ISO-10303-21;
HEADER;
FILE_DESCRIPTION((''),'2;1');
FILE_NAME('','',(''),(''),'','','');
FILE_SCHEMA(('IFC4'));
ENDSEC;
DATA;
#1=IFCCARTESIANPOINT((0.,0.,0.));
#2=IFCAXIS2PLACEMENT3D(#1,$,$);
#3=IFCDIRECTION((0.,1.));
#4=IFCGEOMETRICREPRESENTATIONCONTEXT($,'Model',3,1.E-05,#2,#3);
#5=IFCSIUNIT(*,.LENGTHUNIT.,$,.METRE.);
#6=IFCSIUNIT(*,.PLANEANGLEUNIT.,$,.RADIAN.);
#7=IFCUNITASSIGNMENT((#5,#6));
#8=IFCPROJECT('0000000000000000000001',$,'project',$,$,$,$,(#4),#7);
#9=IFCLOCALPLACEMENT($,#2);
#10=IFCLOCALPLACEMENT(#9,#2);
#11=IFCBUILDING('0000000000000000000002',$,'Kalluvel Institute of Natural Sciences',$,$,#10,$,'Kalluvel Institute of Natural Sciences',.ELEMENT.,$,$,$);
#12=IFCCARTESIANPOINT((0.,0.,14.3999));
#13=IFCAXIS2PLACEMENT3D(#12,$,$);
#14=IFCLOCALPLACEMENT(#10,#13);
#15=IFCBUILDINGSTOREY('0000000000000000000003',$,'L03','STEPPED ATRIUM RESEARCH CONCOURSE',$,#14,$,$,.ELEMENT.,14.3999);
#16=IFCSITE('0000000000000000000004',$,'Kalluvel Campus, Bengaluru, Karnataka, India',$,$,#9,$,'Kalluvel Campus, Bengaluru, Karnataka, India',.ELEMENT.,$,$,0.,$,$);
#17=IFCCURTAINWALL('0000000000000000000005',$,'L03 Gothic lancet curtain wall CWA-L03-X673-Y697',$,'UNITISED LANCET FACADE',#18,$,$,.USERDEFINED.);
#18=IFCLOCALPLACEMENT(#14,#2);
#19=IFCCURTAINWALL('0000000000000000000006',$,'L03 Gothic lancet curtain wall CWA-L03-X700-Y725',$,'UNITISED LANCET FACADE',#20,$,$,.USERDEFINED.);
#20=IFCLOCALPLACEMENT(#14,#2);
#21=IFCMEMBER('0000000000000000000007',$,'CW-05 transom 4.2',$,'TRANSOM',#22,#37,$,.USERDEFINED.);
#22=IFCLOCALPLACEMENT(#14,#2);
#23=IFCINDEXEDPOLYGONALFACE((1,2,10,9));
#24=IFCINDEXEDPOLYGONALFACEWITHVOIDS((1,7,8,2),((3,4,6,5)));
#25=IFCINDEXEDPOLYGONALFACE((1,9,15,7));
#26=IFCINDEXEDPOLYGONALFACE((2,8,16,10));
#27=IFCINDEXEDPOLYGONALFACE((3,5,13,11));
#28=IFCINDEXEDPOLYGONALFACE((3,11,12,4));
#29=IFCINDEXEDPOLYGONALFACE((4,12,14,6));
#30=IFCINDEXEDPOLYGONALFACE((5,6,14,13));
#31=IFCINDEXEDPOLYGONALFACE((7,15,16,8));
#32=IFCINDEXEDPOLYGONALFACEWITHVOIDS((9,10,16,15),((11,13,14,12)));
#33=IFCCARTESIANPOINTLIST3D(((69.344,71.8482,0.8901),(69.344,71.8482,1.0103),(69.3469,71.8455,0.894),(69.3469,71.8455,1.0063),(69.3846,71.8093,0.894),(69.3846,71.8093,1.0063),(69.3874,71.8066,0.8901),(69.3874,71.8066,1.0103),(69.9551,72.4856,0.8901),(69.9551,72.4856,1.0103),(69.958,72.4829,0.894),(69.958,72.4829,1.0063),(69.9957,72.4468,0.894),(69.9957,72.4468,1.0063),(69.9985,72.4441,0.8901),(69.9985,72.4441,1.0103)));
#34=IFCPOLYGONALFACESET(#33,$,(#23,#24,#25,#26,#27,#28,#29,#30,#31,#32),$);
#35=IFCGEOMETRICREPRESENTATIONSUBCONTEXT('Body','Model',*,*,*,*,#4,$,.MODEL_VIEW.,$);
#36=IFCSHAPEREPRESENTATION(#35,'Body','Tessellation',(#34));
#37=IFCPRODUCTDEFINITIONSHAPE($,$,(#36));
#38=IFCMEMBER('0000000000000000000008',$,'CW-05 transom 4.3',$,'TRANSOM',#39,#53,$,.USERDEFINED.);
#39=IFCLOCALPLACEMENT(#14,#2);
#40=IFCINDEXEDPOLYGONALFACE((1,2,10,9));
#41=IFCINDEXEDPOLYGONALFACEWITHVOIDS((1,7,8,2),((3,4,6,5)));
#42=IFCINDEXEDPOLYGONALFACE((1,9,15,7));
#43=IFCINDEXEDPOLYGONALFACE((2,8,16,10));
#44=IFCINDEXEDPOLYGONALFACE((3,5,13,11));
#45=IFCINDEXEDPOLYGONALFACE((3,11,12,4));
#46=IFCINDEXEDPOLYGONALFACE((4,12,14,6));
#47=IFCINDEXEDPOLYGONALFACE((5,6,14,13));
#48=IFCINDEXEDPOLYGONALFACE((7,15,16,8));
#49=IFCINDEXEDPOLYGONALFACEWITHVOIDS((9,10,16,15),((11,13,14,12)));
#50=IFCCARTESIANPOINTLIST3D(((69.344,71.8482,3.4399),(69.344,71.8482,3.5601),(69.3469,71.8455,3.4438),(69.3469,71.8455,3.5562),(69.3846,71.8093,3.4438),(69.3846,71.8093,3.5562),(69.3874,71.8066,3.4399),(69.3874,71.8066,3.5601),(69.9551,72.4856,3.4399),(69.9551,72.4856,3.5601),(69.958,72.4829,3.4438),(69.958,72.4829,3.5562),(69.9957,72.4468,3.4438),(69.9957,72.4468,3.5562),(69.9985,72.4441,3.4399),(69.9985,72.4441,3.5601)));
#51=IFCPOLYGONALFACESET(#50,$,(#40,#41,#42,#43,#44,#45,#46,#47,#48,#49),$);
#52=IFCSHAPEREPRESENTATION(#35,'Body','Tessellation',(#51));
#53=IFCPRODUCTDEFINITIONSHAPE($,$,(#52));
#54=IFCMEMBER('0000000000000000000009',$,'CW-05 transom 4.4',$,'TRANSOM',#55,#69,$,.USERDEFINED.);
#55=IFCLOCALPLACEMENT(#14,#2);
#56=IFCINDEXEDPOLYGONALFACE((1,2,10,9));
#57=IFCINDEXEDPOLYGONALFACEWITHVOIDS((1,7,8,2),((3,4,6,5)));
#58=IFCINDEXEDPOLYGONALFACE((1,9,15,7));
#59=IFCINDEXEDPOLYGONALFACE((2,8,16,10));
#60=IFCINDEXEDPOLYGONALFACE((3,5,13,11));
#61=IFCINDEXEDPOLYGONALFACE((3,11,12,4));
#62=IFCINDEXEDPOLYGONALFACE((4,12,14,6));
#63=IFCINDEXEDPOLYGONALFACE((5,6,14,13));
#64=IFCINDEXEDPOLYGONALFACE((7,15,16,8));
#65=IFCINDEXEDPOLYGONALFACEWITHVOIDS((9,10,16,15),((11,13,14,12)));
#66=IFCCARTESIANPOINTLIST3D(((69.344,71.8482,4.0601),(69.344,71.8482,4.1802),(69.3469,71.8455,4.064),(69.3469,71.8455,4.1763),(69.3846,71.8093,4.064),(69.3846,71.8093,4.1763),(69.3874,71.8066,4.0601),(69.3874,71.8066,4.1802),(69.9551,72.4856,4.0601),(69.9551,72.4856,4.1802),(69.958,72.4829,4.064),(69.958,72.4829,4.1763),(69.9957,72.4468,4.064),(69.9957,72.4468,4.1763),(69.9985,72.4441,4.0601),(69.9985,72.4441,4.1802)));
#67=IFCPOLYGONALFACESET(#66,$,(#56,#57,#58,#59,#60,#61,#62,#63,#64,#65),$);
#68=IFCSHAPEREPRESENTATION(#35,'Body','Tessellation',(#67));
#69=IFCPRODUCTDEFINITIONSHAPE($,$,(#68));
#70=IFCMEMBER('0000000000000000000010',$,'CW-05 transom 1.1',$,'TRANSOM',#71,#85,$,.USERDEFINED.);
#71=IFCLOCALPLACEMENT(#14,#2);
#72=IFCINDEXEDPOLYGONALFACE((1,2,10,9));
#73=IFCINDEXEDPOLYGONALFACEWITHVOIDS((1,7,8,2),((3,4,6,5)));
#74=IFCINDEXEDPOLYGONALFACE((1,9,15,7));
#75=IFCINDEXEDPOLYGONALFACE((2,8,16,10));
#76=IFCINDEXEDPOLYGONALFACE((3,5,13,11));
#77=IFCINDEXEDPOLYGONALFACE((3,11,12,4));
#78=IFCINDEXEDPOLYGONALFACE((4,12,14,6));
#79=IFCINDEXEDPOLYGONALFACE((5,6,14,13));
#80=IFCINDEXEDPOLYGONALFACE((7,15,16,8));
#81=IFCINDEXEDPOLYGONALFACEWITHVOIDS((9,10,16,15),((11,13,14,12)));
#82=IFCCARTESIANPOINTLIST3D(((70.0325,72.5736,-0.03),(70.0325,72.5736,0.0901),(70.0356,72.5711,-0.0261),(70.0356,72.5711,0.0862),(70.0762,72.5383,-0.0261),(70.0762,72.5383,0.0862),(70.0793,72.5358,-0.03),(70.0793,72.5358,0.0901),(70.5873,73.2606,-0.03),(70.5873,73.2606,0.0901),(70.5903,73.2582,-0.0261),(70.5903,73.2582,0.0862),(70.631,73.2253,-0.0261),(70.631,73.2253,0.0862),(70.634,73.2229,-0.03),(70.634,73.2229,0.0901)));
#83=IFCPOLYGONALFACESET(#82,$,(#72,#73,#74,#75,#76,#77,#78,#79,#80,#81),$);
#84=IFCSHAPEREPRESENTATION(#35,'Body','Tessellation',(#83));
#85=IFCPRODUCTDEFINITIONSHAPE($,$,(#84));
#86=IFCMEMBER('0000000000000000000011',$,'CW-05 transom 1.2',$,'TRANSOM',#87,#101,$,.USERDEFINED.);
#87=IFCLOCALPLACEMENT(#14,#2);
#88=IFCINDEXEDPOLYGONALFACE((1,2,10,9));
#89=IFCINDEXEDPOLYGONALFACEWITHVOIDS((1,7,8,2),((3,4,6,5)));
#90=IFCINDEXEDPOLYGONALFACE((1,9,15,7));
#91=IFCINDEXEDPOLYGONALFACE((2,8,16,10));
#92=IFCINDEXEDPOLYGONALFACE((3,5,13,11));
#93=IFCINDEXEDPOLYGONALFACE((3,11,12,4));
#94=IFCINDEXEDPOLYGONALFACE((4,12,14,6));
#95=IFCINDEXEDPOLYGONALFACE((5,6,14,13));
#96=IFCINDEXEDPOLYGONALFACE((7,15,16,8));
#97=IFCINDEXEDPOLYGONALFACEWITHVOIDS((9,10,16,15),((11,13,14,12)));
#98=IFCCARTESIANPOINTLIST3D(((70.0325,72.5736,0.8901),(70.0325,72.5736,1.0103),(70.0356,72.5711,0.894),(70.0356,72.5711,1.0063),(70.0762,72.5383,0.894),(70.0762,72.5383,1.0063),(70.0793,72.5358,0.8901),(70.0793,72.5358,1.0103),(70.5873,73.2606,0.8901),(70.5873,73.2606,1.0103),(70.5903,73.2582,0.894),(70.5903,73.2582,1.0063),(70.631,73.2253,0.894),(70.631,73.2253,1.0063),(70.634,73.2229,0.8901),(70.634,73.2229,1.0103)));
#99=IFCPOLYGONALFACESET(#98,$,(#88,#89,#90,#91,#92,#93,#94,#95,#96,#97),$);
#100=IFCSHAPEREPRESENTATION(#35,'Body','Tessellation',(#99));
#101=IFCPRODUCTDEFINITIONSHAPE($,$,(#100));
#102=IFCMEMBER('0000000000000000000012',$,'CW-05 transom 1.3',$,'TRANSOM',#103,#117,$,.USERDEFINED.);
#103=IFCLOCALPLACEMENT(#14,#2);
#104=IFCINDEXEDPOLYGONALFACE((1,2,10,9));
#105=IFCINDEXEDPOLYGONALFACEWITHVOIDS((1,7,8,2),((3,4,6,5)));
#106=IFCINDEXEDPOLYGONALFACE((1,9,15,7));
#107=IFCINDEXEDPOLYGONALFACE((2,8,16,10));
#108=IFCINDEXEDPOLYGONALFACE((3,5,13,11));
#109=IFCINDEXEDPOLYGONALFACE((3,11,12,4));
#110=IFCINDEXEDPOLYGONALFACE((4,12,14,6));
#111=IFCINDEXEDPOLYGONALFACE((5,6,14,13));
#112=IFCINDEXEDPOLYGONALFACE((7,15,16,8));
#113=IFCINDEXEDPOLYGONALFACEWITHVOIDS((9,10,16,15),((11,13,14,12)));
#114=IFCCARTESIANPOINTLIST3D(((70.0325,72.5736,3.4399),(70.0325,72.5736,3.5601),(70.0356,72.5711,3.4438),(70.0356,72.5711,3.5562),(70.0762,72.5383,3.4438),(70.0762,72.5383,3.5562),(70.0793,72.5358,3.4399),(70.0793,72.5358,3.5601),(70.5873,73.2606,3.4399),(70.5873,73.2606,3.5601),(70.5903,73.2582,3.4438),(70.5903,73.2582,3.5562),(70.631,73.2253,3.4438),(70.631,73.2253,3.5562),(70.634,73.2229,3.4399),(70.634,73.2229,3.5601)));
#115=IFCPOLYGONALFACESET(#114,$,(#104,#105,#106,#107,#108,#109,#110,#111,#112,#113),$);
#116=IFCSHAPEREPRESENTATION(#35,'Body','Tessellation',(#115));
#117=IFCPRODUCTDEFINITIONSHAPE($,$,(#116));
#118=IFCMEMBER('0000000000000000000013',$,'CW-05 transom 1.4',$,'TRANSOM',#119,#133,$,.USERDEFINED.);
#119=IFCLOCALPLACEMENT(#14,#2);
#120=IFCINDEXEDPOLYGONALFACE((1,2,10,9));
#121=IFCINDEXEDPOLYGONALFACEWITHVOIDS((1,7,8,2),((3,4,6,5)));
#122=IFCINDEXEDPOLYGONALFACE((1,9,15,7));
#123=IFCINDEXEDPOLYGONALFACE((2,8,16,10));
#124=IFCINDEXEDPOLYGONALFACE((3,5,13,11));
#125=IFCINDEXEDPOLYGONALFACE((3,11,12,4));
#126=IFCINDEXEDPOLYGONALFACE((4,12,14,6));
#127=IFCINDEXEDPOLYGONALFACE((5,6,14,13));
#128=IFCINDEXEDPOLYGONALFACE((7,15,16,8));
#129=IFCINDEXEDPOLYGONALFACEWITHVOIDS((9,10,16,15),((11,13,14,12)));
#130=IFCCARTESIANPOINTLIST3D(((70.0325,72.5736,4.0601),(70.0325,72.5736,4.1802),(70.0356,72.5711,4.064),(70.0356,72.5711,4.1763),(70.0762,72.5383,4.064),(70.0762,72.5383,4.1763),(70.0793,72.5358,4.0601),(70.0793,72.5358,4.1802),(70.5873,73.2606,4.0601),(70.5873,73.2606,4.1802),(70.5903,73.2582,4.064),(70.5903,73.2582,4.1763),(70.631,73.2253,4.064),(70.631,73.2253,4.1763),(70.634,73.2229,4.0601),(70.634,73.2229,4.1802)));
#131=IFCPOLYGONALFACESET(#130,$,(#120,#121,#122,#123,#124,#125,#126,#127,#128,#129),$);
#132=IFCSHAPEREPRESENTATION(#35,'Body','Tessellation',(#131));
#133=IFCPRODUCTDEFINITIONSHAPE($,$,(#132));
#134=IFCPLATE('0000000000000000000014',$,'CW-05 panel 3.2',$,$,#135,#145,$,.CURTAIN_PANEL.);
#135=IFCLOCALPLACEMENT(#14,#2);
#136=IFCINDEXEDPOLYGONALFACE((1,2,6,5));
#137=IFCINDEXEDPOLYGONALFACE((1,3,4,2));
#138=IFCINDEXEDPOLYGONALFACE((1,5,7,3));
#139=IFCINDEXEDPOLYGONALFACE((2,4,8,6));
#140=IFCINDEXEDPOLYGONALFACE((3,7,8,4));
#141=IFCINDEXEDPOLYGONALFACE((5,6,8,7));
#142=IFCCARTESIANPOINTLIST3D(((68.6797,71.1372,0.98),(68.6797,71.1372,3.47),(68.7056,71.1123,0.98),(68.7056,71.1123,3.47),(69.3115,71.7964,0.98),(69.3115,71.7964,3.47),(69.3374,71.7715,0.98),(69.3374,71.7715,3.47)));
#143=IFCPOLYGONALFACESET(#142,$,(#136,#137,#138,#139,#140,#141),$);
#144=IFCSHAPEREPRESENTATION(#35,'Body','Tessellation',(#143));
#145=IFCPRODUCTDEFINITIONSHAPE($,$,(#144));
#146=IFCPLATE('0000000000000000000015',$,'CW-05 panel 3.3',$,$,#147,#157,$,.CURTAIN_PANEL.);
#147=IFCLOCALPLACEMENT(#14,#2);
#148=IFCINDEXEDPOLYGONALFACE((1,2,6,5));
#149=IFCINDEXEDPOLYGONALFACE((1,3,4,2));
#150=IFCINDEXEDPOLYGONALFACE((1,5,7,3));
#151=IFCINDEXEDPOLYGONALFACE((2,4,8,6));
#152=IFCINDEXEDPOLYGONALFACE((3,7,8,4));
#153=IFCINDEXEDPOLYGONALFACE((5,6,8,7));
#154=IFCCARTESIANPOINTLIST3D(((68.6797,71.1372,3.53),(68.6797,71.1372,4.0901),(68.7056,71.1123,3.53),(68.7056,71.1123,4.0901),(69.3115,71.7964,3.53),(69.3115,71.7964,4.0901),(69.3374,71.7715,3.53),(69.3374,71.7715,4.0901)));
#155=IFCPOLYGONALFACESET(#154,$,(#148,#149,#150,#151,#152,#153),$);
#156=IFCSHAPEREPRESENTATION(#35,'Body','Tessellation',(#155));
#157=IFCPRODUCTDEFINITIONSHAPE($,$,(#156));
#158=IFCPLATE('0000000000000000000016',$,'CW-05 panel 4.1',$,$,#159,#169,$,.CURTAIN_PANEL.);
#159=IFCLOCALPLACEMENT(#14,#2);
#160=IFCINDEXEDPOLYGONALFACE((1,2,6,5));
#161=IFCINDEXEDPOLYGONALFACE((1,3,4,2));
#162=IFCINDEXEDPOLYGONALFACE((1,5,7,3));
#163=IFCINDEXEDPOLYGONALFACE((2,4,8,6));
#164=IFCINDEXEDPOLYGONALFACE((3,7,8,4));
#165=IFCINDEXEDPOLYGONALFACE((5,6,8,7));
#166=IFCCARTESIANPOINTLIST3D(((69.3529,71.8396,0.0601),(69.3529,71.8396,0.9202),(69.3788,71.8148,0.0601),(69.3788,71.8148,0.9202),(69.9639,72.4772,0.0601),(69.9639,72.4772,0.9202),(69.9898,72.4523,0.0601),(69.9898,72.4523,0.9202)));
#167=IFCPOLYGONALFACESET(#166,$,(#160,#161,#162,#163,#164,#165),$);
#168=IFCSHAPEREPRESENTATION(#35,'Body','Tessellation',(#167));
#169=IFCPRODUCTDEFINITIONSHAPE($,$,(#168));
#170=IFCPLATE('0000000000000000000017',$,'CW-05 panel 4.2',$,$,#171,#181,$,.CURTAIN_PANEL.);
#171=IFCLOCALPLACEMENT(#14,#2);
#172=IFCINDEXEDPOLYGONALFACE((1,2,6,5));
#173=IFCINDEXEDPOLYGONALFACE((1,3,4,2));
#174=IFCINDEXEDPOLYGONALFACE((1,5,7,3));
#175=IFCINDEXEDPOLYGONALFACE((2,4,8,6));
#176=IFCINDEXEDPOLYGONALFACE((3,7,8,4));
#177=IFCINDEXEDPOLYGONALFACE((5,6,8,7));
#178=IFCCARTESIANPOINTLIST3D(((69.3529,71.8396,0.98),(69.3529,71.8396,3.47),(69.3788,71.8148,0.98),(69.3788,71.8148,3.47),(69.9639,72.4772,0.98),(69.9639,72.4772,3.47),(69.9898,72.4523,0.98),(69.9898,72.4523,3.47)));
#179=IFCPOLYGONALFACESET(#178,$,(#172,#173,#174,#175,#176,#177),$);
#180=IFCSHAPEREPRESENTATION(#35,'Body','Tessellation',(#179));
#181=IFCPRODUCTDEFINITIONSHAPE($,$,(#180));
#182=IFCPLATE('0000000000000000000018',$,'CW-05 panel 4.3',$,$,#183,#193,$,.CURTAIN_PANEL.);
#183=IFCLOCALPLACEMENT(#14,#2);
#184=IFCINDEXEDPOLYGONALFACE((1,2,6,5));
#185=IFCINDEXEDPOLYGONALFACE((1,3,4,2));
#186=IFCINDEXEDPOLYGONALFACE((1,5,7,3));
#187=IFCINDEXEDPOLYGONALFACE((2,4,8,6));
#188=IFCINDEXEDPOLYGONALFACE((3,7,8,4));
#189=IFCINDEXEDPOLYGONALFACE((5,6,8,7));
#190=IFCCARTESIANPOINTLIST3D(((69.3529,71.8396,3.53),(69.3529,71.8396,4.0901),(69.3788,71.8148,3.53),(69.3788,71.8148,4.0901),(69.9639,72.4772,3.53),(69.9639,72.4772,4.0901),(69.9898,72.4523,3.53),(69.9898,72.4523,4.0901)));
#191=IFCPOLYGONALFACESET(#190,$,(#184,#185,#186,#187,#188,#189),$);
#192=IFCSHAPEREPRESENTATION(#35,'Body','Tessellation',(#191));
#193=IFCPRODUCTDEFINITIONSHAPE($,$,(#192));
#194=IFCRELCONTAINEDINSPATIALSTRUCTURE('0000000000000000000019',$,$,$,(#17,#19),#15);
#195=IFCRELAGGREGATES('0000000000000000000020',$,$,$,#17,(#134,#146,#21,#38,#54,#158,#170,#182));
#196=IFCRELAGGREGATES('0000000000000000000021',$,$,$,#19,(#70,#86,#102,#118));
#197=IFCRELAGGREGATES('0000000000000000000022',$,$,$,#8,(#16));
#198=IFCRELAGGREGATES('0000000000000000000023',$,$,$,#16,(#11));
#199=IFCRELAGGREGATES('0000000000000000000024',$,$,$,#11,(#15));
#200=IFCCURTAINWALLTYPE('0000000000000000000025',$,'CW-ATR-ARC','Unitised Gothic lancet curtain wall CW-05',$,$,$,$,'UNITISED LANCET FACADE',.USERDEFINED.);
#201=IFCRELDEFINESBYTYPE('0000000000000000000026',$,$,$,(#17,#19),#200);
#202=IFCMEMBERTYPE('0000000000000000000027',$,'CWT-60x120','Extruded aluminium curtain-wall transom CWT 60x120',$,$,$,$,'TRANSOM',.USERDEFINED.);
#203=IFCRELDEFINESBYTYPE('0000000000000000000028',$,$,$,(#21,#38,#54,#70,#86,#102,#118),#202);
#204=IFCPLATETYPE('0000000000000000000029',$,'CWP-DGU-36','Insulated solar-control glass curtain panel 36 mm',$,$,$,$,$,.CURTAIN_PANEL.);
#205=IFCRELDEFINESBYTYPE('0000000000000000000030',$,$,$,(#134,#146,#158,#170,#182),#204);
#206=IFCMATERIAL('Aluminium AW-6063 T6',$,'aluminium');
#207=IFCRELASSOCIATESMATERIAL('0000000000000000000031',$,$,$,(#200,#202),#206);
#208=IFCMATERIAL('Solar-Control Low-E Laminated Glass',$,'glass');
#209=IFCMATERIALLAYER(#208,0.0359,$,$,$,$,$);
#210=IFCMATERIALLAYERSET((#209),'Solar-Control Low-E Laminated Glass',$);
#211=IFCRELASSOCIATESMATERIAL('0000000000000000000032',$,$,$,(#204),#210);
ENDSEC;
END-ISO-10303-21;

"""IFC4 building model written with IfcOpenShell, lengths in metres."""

from ifc_helpers import new_model, si_unit, direction, frame, origin, origin_2d, place, context, subcontext, project, spatial, rectangle, hollow_rectangle, extrude, material, layer, layer_set, material_profile, profile_set, type_object, element, aggregate, save


model = new_model("IFC4")

# Units and contexts
model_context = context("Model", 3, precision=1e-05, world=origin(), true_north=direction((0.0, 1.0)))
body_context = subcontext(model_context, "Body", "Model", "MODEL_VIEW")
ifc_project = project(units=[si_unit("LENGTHUNIT", "METRE"), si_unit("PLANEANGLEUNIT", "RADIAN")], contexts=[model_context])

# Site, building, storey
site_placement = place(None, origin())
site = spatial("IfcSite", under=ifc_project, at=site_placement, Name="Kalluvel Campus, Bengaluru, Karnataka, India", LongName="Kalluvel Campus, Bengaluru, Karnataka, India", CompositionType="ELEMENT", RefElevation=0.0)
building_placement = place(site_placement, origin())
building = spatial("IfcBuilding", under=site, at=building_placement, Name="Kalluvel Institute of Natural Sciences", LongName="Kalluvel Institute of Natural Sciences", CompositionType="ELEMENT")
storey_placement = place(building_placement, frame((0.0, 0.0, 14.3999)))
storey = spatial("IfcBuildingStorey", under=building, at=storey_placement, Name="L03", Description="STEPPED ATRIUM RESEARCH CONCOURSE", CompositionType="ELEMENT", Elevation=14.3999)

# Curtain walls
ifc_material_1 = material(Name="Aluminium AW-6063 T6", Category="aluminium")
curtain_wall_type = type_object("IfcCurtainWallType", Name="CW-ATR-ARC", Description="Unitised Gothic lancet curtain wall CW-05", ElementType="UNITISED LANCET FACADE", PredefinedType="USERDEFINED", material=ifc_material_1)
curtain_wall_1_placement = place(storey_placement, origin())
curtain_wall_1 = element("IfcCurtainWall", 1, at=curtain_wall_1_placement, inside=storey, type_object=curtain_wall_type, Name="L03 Gothic lancet curtain wall CWA-L03-X673-Y697", ObjectType="UNITISED LANCET FACADE", PredefinedType="USERDEFINED")
curtain_wall_2_placement = place(storey_placement, origin())
curtain_wall_2 = element("IfcCurtainWall", 2, at=curtain_wall_2_placement, inside=storey, type_object=curtain_wall_type, Name="L03 Gothic lancet curtain wall CWA-L03-X700-Y725", ObjectType="UNITISED LANCET FACADE", PredefinedType="USERDEFINED")

# Members
ifc_material_profile_1 = material_profile(ifc_material_1, hollow_rectangle(XDim=0.0601, YDim=0.1201, WallThickness=0.0039, at=origin_2d()), Name="CWT 60x120")
ifc_profile_set_1 = profile_set([ifc_material_profile_1], Name="Aluminium AW-6063 T6")
member_type_1 = type_object("IfcMemberType", Name="CWT-60x120", Description="Extruded aluminium curtain-wall transom CWT 60x120", ElementType="TRANSOM", PredefinedType="USERDEFINED", material=ifc_profile_set_1)
member_1_placement = place(storey_placement, frame((69.3657, 71.8274, 0.9502), z_axis=(0.692019, 0.721879, 0.0), x_axis=(-0.721879, 0.692019, 0.0)))
member_1 = element("IfcMember", 3, at=member_1_placement, type_object=member_type_1, Name="CW-05 transom 4.2", ObjectType="TRANSOM", PredefinedType="USERDEFINED", context=body_context, shape_type="SweptSolid", body=[
    extrude(hollow_rectangle(XDim=0.0601, YDim=0.1201, WallThickness=0.0039, at=origin_2d()), origin(), (0.0, 0.0, 1.0), 0.8831),
])
member_2_placement = place(storey_placement, frame((69.3657, 71.8274, 3.5), z_axis=(0.692019, 0.721879, 0.0), x_axis=(-0.721879, 0.692019, 0.0)))
member_2 = element("IfcMember", 4, at=member_2_placement, type_object=member_type_1, Name="CW-05 transom 4.3", ObjectType="TRANSOM", PredefinedType="USERDEFINED", context=body_context, shape_type="SweptSolid", body=[
    extrude(hollow_rectangle(XDim=0.0601, YDim=0.1201, WallThickness=0.0039, at=origin_2d()), origin(), (0.0, 0.0, 1.0), 0.8831),
])
member_3_placement = place(storey_placement, frame((69.3657, 71.8274, 4.1201), z_axis=(0.692019, 0.721879, 0.0), x_axis=(-0.721879, 0.692019, 0.0)))
member_3 = element("IfcMember", 5, at=member_3_placement, type_object=member_type_1, Name="CW-05 transom 4.4", ObjectType="TRANSOM", PredefinedType="USERDEFINED", context=body_context, shape_type="SweptSolid", body=[
    extrude(hollow_rectangle(XDim=0.0601, YDim=0.1201, WallThickness=0.0039, at=origin_2d()), origin(), (0.0, 0.0, 1.0), 0.8831),
])
member_4_placement = place(storey_placement, frame((70.0559, 72.5547, 0.03), z_axis=(0.628196, 0.778056, 0.0), x_axis=(-0.778056, 0.628196, 0.0)))
member_4 = element("IfcMember", 6, at=member_4_placement, type_object=member_type_1, Name="CW-05 transom 1.1", ObjectType="TRANSOM", PredefinedType="USERDEFINED", context=body_context, shape_type="SweptSolid", body=[
    extrude(hollow_rectangle(XDim=0.0601, YDim=0.1201, WallThickness=0.0039, at=origin_2d()), origin(), (0.0, 0.0, 1.0), 0.8831),
])
member_5_placement = place(storey_placement, frame((70.0559, 72.5547, 0.9502), z_axis=(0.628196, 0.778056, 0.0), x_axis=(-0.778056, 0.628196, 0.0)))
member_5 = element("IfcMember", 7, at=member_5_placement, type_object=member_type_1, Name="CW-05 transom 1.2", ObjectType="TRANSOM", PredefinedType="USERDEFINED", context=body_context, shape_type="SweptSolid", body=[
    extrude(hollow_rectangle(XDim=0.0601, YDim=0.1201, WallThickness=0.0039, at=origin_2d()), origin(), (0.0, 0.0, 1.0), 0.8831),
])
member_6_placement = place(storey_placement, frame((70.0559, 72.5547, 3.5), z_axis=(0.628196, 0.778056, 0.0), x_axis=(-0.778056, 0.628196, 0.0)))
member_6 = element("IfcMember", 8, at=member_6_placement, type_object=member_type_1, Name="CW-05 transom 1.3", ObjectType="TRANSOM", PredefinedType="USERDEFINED", context=body_context, shape_type="SweptSolid", body=[
    extrude(hollow_rectangle(XDim=0.0601, YDim=0.1201, WallThickness=0.0039, at=origin_2d()), origin(), (0.0, 0.0, 1.0), 0.8831),
])
member_7_placement = place(storey_placement, frame((70.0559, 72.5547, 4.1201), z_axis=(0.628196, 0.778056, 0.0), x_axis=(-0.778056, 0.628196, 0.0)))
member_7 = element("IfcMember", 9, at=member_7_placement, type_object=member_type_1, Name="CW-05 transom 1.4", ObjectType="TRANSOM", PredefinedType="USERDEFINED", context=body_context, shape_type="SweptSolid", body=[
    extrude(hollow_rectangle(XDim=0.0601, YDim=0.1201, WallThickness=0.0039, at=origin_2d()), origin(), (0.0, 0.0, 1.0), 0.8831),
])

# Plates
ifc_material_2 = material(Name="Solar-Control Low-E Laminated Glass", Category="glass")
ifc_layer_1 = layer(ifc_material_2, 0.0359)
ifc_layer_set_1 = layer_set([ifc_layer_1], Name="Solar-Control Low-E Laminated Glass")
plate_type = type_object("IfcPlateType", Name="CWP-DGU-36", Description="Insulated solar-control glass curtain panel 36 mm", PredefinedType="CURTAIN_PANEL", material=ifc_layer_set_1)
plate_1_placement = place(storey_placement, frame((69.0085, 71.4543, 0.98), z_axis=(0.0, 0.0, 1.0), x_axis=(0.691929, 0.721966, 0.0)))
plate_1 = element("IfcPlate", 10, at=plate_1_placement, type_object=plate_type, Name="CW-05 panel 3.2", PredefinedType="CURTAIN_PANEL", context=body_context, shape_type="SweptSolid", body=[
    extrude(rectangle(XDim=0.9131, YDim=0.0359, at=origin_2d()), origin(), (0.0, 0.0, 1.0), 2.49),
])
plate_2_placement = place(storey_placement, frame((69.0085, 71.4543, 3.53), z_axis=(0.0, 0.0, 1.0), x_axis=(0.691929, 0.721966, 0.0)))
plate_2 = element("IfcPlate", 11, at=plate_2_placement, type_object=plate_type, Name="CW-05 panel 3.3", PredefinedType="CURTAIN_PANEL", context=body_context, shape_type="SweptSolid", body=[
    extrude(rectangle(XDim=0.9131, YDim=0.0359, at=origin_2d()), origin(), (0.0, 0.0, 1.0), 0.5601),
])
plate_3_placement = place(storey_placement, frame((69.6714, 72.146, 0.0601), z_axis=(0.0, 0.0, 1.0), x_axis=(0.691929, 0.721966, 0.0)))
plate_3 = element("IfcPlate", 12, at=plate_3_placement, type_object=plate_type, Name="CW-05 panel 4.1", PredefinedType="CURTAIN_PANEL", context=body_context, shape_type="SweptSolid", body=[
    extrude(rectangle(XDim=0.8831, YDim=0.0359, at=origin_2d()), origin(), (0.0, 0.0, 1.0), 0.8601),
])
plate_4_placement = place(storey_placement, frame((69.6714, 72.146, 0.98), z_axis=(0.0, 0.0, 1.0), x_axis=(0.691929, 0.721966, 0.0)))
plate_4 = element("IfcPlate", 13, at=plate_4_placement, type_object=plate_type, Name="CW-05 panel 4.2", PredefinedType="CURTAIN_PANEL", context=body_context, shape_type="SweptSolid", body=[
    extrude(rectangle(XDim=0.8831, YDim=0.0359, at=origin_2d()), origin(), (0.0, 0.0, 1.0), 2.49),
])
plate_5_placement = place(storey_placement, frame((69.6714, 72.146, 3.53), z_axis=(0.0, 0.0, 1.0), x_axis=(0.691929, 0.721966, 0.0)))
plate_5 = element("IfcPlate", 14, at=plate_5_placement, type_object=plate_type, Name="CW-05 panel 4.3", PredefinedType="CURTAIN_PANEL", context=body_context, shape_type="SweptSolid", body=[
    extrude(rectangle(XDim=0.8831, YDim=0.0359, at=origin_2d()), origin(), (0.0, 0.0, 1.0), 0.5601),
])
aggregate(curtain_wall_1, [plate_1, plate_2, member_1, member_2, member_3, plate_3, plate_4, plate_5])
aggregate(curtain_wall_2, [member_4, member_5, member_6, member_7])

save(model, "model.ifc")
